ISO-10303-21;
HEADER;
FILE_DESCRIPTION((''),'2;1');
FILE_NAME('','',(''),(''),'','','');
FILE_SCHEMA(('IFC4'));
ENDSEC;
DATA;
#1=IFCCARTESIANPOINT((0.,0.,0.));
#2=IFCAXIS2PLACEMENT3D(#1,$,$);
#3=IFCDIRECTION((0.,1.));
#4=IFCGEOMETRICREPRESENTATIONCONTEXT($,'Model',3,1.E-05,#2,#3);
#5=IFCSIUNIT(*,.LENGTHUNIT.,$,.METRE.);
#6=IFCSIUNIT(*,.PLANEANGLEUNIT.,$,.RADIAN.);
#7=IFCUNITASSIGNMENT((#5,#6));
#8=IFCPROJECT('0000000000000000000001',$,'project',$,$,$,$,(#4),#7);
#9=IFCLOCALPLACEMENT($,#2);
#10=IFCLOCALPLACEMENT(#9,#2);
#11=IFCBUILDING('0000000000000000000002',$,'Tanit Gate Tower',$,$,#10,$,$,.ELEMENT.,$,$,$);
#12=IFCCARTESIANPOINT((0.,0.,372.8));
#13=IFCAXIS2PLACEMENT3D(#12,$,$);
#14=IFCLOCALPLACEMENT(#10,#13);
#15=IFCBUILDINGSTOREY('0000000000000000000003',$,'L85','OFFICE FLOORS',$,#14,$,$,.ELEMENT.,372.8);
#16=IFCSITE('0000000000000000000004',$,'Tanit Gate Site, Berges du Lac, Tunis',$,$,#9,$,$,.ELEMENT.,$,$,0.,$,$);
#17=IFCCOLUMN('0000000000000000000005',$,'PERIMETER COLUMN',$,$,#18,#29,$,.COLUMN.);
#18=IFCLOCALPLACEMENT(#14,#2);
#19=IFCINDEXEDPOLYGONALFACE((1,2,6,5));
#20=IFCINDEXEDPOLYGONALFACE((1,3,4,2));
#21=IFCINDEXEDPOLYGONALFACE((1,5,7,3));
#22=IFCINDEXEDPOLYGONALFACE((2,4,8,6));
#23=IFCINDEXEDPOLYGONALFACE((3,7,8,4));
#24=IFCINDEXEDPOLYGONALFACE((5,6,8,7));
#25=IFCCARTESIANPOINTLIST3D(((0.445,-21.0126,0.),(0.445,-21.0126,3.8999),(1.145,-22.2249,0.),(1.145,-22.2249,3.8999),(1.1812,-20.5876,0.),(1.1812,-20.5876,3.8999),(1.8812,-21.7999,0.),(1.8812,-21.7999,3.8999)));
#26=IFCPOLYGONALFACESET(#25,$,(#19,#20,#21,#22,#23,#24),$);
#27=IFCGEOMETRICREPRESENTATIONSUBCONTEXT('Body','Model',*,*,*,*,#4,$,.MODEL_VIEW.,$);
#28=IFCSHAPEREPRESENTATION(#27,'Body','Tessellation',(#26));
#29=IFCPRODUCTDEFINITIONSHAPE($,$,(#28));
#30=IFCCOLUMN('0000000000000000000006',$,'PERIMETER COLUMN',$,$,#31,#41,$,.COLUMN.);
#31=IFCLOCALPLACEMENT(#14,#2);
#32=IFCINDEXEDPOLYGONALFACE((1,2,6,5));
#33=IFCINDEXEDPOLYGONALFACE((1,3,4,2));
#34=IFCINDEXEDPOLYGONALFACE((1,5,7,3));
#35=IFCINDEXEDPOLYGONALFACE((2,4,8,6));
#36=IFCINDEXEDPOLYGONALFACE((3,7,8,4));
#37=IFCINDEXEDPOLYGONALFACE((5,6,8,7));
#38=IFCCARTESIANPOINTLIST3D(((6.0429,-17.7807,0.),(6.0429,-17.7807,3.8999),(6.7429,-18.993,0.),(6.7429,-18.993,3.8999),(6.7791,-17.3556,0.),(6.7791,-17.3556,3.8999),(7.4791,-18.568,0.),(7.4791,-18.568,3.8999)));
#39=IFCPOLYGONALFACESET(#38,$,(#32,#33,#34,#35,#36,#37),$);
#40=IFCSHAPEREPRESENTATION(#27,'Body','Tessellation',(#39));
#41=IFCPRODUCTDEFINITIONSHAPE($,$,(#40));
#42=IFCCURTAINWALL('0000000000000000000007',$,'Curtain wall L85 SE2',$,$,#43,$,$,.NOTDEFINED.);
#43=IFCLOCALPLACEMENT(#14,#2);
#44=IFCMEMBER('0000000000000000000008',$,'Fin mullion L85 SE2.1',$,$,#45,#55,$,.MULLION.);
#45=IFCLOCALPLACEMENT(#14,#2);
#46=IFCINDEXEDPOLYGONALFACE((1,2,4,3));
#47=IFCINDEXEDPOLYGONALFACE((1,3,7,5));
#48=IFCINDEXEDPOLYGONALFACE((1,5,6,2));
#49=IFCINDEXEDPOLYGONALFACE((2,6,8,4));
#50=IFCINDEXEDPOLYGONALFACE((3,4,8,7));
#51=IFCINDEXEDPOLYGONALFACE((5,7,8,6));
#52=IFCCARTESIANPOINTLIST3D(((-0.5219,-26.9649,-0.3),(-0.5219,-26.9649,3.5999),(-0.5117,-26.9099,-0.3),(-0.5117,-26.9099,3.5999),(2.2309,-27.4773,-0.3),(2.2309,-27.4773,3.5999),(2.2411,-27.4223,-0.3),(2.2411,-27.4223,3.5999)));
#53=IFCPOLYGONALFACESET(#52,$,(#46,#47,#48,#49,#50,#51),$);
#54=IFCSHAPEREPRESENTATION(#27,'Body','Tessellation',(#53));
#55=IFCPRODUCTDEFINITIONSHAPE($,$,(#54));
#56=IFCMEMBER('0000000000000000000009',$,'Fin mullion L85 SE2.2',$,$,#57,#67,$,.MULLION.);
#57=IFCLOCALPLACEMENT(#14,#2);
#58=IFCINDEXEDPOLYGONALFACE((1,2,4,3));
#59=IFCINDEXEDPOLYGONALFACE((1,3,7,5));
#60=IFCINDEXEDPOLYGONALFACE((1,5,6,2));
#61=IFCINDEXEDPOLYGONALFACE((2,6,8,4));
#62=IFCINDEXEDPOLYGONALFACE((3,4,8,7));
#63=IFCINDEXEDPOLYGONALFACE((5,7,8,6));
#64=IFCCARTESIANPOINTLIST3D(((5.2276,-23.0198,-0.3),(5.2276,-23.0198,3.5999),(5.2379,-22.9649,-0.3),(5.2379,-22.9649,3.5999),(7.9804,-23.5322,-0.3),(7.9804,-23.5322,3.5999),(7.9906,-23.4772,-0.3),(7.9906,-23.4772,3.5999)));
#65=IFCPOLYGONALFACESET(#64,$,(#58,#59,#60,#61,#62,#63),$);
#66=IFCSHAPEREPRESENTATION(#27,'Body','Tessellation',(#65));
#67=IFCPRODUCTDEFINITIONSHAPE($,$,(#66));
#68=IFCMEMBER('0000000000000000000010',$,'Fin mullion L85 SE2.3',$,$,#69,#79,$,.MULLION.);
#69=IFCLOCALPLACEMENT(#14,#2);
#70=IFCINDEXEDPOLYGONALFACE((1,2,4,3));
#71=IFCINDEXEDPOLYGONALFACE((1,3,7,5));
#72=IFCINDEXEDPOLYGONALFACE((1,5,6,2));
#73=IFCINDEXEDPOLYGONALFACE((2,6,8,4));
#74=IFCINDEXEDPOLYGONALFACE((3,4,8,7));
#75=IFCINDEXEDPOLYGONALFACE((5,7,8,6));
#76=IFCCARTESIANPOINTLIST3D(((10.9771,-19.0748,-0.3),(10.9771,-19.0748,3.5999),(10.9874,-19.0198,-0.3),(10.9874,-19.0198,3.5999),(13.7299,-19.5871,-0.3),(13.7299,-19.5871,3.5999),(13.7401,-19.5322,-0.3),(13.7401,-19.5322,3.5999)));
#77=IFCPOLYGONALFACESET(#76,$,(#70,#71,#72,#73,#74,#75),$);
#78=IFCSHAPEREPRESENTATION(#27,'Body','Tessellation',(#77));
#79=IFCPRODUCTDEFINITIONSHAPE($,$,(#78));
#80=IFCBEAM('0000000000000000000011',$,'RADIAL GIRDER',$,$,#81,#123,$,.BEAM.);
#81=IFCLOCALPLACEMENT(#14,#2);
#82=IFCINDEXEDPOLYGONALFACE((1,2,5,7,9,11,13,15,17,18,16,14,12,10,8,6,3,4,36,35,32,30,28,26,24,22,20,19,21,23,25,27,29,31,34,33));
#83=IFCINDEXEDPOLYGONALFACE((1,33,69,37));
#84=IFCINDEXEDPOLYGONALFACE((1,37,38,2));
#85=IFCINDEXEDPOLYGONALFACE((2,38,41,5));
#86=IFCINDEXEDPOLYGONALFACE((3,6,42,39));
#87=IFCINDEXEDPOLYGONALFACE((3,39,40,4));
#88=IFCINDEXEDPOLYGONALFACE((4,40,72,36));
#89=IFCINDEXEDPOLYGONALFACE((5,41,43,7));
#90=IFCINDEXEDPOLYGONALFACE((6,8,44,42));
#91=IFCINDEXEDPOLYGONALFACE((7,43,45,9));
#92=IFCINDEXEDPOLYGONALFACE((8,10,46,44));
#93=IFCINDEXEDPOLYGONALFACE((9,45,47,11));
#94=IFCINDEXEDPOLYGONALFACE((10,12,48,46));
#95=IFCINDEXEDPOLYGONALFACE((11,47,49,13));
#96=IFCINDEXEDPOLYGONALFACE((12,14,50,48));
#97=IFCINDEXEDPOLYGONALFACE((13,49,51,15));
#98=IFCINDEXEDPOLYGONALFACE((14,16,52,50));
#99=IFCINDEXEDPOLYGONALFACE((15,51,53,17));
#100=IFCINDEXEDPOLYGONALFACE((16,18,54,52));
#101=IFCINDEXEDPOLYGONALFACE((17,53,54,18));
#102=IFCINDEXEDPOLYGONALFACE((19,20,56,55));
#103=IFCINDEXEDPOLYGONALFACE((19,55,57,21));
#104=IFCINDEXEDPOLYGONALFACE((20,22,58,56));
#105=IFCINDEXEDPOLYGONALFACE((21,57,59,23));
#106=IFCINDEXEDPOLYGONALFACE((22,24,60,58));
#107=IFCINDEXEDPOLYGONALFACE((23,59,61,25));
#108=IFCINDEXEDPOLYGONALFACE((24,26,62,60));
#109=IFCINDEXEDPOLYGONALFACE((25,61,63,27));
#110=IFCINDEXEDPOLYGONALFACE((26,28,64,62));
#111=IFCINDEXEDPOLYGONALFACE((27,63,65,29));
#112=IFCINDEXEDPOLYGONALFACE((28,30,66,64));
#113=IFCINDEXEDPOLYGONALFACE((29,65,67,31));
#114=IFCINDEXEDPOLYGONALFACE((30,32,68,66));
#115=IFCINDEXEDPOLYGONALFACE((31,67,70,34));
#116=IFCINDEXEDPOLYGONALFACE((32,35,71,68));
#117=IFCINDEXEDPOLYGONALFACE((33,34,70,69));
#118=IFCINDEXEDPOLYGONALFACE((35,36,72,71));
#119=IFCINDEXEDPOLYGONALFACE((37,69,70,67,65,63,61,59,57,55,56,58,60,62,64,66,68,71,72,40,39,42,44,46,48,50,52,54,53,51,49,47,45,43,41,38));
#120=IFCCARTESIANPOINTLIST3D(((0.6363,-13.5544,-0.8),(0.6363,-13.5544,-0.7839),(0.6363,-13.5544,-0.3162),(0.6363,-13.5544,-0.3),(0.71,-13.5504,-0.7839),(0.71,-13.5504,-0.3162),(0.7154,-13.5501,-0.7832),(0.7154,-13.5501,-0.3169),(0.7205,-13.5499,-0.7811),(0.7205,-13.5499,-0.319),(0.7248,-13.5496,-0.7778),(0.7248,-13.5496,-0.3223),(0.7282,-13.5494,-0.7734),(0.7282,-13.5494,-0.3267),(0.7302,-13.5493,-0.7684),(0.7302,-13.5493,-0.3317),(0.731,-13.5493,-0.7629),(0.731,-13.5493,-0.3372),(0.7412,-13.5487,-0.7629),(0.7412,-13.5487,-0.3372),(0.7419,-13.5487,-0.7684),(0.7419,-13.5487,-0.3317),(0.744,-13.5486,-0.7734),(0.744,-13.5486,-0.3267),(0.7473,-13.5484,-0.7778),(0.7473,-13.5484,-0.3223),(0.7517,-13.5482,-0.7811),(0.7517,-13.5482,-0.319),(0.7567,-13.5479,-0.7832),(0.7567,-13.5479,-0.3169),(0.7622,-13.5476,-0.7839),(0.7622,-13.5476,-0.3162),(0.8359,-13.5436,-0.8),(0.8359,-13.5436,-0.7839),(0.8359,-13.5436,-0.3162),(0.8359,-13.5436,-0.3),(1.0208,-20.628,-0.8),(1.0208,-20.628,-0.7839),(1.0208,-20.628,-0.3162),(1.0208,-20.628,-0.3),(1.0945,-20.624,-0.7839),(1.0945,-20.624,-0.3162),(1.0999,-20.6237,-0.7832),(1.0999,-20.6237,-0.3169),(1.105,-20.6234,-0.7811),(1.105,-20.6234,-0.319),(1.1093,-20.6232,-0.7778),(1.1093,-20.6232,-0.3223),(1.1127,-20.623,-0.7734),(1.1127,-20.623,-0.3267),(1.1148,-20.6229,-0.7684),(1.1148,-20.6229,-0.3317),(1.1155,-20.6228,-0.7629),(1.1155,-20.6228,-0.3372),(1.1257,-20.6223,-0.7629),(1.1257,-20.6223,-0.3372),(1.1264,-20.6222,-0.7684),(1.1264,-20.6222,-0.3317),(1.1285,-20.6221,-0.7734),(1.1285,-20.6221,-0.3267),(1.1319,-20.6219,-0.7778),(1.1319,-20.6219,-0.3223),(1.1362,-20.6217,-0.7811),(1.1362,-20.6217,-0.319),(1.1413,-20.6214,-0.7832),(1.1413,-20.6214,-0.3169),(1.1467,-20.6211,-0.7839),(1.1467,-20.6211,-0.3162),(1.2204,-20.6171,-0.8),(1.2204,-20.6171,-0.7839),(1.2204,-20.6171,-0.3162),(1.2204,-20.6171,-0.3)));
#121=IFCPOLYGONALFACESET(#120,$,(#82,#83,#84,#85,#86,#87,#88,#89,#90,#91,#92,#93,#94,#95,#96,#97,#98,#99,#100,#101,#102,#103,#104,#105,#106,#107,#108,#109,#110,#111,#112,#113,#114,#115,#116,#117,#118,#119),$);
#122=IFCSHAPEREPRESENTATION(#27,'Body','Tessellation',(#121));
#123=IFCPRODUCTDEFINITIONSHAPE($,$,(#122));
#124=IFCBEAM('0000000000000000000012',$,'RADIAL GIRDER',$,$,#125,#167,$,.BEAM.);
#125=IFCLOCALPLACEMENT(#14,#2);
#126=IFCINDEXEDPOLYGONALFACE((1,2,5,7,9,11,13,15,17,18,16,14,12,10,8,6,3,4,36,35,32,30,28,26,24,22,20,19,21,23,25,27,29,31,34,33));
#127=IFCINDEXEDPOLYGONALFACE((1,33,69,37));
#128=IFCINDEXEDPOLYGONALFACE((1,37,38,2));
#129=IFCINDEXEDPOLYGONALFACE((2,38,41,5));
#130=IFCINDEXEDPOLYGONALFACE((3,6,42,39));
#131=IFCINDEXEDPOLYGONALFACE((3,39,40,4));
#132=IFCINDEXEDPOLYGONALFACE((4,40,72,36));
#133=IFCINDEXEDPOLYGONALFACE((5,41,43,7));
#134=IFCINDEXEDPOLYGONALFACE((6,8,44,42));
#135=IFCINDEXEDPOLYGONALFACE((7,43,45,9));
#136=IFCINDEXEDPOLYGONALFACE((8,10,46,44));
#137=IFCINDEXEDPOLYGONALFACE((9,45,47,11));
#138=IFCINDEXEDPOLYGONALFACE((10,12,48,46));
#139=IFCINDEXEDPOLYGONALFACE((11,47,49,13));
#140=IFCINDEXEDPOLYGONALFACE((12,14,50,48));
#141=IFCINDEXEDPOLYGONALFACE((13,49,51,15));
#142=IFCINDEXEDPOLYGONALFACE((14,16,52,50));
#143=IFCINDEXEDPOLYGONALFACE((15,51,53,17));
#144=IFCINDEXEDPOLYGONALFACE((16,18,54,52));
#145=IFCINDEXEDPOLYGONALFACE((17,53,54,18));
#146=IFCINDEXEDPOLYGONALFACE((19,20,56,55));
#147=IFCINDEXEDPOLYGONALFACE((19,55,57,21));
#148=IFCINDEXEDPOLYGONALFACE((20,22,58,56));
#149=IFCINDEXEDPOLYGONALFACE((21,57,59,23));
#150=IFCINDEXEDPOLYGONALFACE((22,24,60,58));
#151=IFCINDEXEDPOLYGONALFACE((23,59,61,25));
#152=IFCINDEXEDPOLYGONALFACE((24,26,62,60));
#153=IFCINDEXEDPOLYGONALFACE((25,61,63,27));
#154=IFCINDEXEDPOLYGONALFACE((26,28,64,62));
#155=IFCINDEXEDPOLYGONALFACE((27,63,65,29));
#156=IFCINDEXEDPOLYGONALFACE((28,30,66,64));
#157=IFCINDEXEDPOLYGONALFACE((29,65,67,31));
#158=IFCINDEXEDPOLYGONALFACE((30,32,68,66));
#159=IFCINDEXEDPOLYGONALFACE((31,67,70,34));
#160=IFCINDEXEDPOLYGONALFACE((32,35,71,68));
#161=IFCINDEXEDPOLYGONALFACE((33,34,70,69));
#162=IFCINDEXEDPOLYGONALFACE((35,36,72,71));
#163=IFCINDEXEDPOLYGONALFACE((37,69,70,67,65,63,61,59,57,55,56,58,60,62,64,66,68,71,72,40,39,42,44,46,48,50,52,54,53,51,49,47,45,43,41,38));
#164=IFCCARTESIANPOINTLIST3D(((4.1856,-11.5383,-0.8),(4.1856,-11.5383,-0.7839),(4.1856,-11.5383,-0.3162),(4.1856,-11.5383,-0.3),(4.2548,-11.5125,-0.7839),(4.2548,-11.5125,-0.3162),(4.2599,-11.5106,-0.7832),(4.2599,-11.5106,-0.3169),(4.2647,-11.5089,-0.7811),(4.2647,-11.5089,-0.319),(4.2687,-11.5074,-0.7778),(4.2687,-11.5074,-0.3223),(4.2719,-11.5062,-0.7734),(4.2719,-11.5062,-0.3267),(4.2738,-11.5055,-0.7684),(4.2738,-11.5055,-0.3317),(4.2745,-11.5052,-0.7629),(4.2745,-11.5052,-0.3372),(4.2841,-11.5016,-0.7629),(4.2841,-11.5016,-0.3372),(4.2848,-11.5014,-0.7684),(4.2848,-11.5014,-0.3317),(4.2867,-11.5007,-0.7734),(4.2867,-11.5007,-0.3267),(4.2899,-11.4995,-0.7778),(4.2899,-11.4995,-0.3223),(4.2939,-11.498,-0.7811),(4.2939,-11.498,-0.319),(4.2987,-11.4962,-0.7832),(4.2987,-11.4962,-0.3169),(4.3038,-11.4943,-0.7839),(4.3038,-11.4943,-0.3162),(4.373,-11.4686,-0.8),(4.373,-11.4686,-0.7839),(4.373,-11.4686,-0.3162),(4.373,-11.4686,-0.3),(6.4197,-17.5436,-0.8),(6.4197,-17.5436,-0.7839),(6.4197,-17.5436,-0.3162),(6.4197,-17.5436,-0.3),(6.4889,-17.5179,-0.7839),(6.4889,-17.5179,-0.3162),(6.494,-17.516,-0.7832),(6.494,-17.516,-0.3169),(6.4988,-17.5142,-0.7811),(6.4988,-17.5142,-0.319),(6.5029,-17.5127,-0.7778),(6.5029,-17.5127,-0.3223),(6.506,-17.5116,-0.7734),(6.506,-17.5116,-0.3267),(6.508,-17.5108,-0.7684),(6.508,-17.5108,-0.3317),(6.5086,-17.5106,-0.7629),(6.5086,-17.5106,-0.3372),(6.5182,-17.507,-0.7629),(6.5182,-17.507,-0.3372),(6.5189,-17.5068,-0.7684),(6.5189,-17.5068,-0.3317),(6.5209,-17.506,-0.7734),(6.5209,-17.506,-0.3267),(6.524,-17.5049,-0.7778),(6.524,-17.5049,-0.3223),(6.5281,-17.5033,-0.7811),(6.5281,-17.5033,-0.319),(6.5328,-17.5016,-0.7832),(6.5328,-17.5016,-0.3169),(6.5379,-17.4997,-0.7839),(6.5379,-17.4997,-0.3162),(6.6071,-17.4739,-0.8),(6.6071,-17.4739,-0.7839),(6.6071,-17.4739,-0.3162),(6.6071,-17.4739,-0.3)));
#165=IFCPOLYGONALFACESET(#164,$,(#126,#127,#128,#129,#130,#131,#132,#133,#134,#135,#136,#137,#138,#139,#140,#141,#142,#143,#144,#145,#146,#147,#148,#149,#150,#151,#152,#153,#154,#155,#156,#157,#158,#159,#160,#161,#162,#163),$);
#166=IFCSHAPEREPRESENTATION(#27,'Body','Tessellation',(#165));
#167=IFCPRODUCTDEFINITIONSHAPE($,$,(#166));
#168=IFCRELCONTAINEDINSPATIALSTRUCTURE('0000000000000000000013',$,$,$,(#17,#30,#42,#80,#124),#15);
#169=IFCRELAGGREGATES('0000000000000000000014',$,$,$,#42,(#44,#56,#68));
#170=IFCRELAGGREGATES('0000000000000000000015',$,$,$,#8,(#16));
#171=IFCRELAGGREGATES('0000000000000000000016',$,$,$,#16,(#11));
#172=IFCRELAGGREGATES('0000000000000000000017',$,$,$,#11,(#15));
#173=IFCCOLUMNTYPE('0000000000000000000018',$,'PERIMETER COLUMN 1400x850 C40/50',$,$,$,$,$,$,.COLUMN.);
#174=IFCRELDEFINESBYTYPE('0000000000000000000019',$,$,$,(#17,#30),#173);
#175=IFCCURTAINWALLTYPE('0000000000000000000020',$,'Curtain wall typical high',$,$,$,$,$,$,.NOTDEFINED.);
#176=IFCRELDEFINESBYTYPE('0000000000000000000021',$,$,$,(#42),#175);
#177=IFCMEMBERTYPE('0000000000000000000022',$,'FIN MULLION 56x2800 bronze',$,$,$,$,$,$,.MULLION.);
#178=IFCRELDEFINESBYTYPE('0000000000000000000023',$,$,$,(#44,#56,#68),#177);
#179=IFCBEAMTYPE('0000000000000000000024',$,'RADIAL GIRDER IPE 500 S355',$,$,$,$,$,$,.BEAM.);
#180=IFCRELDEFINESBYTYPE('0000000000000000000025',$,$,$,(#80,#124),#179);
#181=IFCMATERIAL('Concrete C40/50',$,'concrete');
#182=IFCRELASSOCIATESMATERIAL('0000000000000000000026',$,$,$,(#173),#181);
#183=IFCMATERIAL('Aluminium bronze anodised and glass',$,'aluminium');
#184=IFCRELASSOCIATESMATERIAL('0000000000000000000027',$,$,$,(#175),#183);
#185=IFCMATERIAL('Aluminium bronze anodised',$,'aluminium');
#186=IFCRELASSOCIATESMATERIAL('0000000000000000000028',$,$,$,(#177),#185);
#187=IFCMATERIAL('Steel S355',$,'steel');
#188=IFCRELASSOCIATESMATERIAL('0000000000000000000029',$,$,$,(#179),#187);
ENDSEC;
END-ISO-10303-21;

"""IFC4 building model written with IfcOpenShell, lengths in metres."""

from ifc_helpers import new_model, si_unit, direction, frame, origin, origin_2d, place, context, subcontext, project, spatial, rectangle, i_section, extrude, material, material_profile, profile_set, type_object, element, aggregate, save


model = new_model("IFC4")

# Units and contexts
model_context = context("Model", 3, precision=1e-05, world=origin(), true_north=direction((0.0, 1.0)))
body_context = subcontext(model_context, "Body", "Model", "MODEL_VIEW")
ifc_project = project(units=[si_unit("LENGTHUNIT", "METRE"), si_unit("PLANEANGLEUNIT", "RADIAN")], contexts=[model_context])

# Site, building, storey
site_placement = place(None, origin())
site = spatial("IfcSite", under=ifc_project, at=site_placement, Name="Tanit Gate Site, Berges du Lac, Tunis", CompositionType="ELEMENT", RefElevation=0.0)
building_placement = place(site_placement, origin())
building = spatial("IfcBuilding", under=site, at=building_placement, Name="Tanit Gate Tower", CompositionType="ELEMENT")
storey_placement = place(building_placement, frame((0.0, 0.0, 372.8)))
storey = spatial("IfcBuildingStorey", under=building, at=storey_placement, Name="L85", Description="OFFICE FLOORS", CompositionType="ELEMENT", Elevation=372.8)

# Columns
ifc_material_1 = material(Name="Concrete C40/50", Category="concrete")
ifc_material_profile_1 = material_profile(ifc_material_1, rectangle(XDim=1.3999, YDim=0.8501, at=origin_2d()), Name="RC 1400x850")
ifc_profile_set_1 = profile_set([ifc_material_profile_1], Name="Concrete C40/50")
column_type = type_object("IfcColumnType", Name="PERIMETER COLUMN 1400x850 C40/50", PredefinedType="COLUMN", material=ifc_profile_set_1)
for number, where, z_axis, x_axis, name in (
    (1, (1.1631, -21.4062, 0.0), (0.0, 0.0, 1.0), (0.5, -0.866025, 0.0), "PERIMETER COLUMN"),
    (2, (6.761, -18.1743, 0.0), (0.0, 0.0, 1.0), (0.5, -0.866025, 0.0), "PERIMETER COLUMN"),
):
    element("IfcColumn", number, at=place(storey_placement, frame(where, z_axis=z_axis, x_axis=x_axis)), inside=storey, type_object=column_type, Name=name, PredefinedType="COLUMN", context=body_context, shape_type="SweptSolid", body=[
        extrude(rectangle(XDim=1.3999, YDim=0.8501, at=origin_2d()), origin(), (0.0, 0.0, 1.0), 3.8999),
    ])

# Curtain wall, members
ifc_material_2 = material(Name="Aluminium bronze anodised and glass", Category="aluminium")
curtain_wall_type = type_object("IfcCurtainWallType", Name="Curtain wall typical high", PredefinedType="NOTDEFINED", material=ifc_material_2)
curtain_wall_placement = place(storey_placement, origin())
curtain_wall = element("IfcCurtainWall", 3, at=curtain_wall_placement, inside=storey, type_object=curtain_wall_type, Name="Curtain wall L85 SE2", PredefinedType="NOTDEFINED")
ifc_material_3 = material(Name="Aluminium bronze anodised", Category="aluminium")
ifc_material_profile_2 = material_profile(ifc_material_3, rectangle(XDim=2.8, YDim=0.0559, at=origin_2d()), Name="56x2800 bronze fin mullion")
ifc_profile_set_2 = profile_set([ifc_material_profile_2], Name="Aluminium bronze anodised")
member_type_1 = type_object("IfcMemberType", Name="FIN MULLION 56x2800 bronze", PredefinedType="MULLION", material=ifc_profile_set_2)
member_1_placement = place(storey_placement, frame((0.8596, -27.1936, -0.3), z_axis=(0.0, 0.0, 1.0), x_axis=(-0.983116, 0.182983, 0.0)))
member_1 = element("IfcMember", 4, at=member_1_placement, type_object=member_type_1, Name="Fin mullion L85 SE2.1", PredefinedType="MULLION", context=body_context, shape_type="SweptSolid", body=[
    extrude(rectangle(XDim=2.8, YDim=0.0559, at=origin_2d()), origin(), (0.0, 0.0, 1.0), 3.8999),
])
member_2_placement = place(storey_placement, frame((6.6091, -23.2485, -0.3), z_axis=(0.0, 0.0, 1.0), x_axis=(-0.983116, 0.182983, 0.0)))
member_2 = element("IfcMember", 5, at=member_2_placement, type_object=member_type_1, Name="Fin mullion L85 SE2.2", PredefinedType="MULLION", context=body_context, shape_type="SweptSolid", body=[
    extrude(rectangle(XDim=2.8, YDim=0.0559, at=origin_2d()), origin(), (0.0, 0.0, 1.0), 3.8999),
])
member_3_placement = place(storey_placement, frame((12.3586, -19.3035, -0.3), z_axis=(0.0, 0.0, 1.0), x_axis=(-0.983116, 0.182983, 0.0)))
member_3 = element("IfcMember", 6, at=member_3_placement, type_object=member_type_1, Name="Fin mullion L85 SE2.3", PredefinedType="MULLION", context=body_context, shape_type="SweptSolid", body=[
    extrude(rectangle(XDim=2.8, YDim=0.0559, at=origin_2d()), origin(), (0.0, 0.0, 1.0), 3.8999),
])

# Beams
ifc_material_4 = material(Name="Steel S355", Category="steel")
ifc_material_profile_3 = material_profile(ifc_material_4, i_section(OverallWidth=0.2, OverallDepth=0.5, WebThickness=0.0103, FlangeThickness=0.0161, FilletRadius=0.021, at=origin_2d()), Name="IPE 500")
ifc_profile_set_3 = profile_set([ifc_material_profile_3], Name="Steel S355")
beam_type = type_object("IfcBeamType", Name="RADIAL GIRDER IPE 500 S355", PredefinedType="BEAM", material=ifc_profile_set_3)
beam_1_placement = place(storey_placement, frame((1.1206, -20.6226, -0.55), z_axis=(-0.054281, 0.998526, 0.0), x_axis=(-0.998526, -0.054281, 0.0)))
element("IfcBeam", 7, at=beam_1_placement, inside=storey, type_object=beam_type, Name="RADIAL GIRDER", PredefinedType="BEAM", context=body_context, shape_type="SweptSolid", body=[
    extrude(i_section(OverallWidth=0.2, OverallDepth=0.5, WebThickness=0.0103, FlangeThickness=0.0161, FilletRadius=0.021, at=origin_2d()), origin(), (0.0, 0.0, 1.0), 7.084),
])
beam_2_placement = place(storey_placement, frame((6.5134, -17.5088, -0.55), z_axis=(-0.348675, 0.937244, 0.0), x_axis=(-0.937244, -0.348675, 0.0)))
element("IfcBeam", 8, at=beam_2_placement, inside=storey, type_object=beam_type, Name="RADIAL GIRDER", PredefinedType="BEAM", context=body_context, shape_type="SweptSolid", body=[
    extrude(i_section(OverallWidth=0.2, OverallDepth=0.5, WebThickness=0.0103, FlangeThickness=0.0161, FilletRadius=0.021, at=origin_2d()), origin(), (0.0, 0.0, 1.0), 6.4075),
])

aggregate(curtain_wall, [member_1, member_2, member_3])

save(model, "model.ifc")
